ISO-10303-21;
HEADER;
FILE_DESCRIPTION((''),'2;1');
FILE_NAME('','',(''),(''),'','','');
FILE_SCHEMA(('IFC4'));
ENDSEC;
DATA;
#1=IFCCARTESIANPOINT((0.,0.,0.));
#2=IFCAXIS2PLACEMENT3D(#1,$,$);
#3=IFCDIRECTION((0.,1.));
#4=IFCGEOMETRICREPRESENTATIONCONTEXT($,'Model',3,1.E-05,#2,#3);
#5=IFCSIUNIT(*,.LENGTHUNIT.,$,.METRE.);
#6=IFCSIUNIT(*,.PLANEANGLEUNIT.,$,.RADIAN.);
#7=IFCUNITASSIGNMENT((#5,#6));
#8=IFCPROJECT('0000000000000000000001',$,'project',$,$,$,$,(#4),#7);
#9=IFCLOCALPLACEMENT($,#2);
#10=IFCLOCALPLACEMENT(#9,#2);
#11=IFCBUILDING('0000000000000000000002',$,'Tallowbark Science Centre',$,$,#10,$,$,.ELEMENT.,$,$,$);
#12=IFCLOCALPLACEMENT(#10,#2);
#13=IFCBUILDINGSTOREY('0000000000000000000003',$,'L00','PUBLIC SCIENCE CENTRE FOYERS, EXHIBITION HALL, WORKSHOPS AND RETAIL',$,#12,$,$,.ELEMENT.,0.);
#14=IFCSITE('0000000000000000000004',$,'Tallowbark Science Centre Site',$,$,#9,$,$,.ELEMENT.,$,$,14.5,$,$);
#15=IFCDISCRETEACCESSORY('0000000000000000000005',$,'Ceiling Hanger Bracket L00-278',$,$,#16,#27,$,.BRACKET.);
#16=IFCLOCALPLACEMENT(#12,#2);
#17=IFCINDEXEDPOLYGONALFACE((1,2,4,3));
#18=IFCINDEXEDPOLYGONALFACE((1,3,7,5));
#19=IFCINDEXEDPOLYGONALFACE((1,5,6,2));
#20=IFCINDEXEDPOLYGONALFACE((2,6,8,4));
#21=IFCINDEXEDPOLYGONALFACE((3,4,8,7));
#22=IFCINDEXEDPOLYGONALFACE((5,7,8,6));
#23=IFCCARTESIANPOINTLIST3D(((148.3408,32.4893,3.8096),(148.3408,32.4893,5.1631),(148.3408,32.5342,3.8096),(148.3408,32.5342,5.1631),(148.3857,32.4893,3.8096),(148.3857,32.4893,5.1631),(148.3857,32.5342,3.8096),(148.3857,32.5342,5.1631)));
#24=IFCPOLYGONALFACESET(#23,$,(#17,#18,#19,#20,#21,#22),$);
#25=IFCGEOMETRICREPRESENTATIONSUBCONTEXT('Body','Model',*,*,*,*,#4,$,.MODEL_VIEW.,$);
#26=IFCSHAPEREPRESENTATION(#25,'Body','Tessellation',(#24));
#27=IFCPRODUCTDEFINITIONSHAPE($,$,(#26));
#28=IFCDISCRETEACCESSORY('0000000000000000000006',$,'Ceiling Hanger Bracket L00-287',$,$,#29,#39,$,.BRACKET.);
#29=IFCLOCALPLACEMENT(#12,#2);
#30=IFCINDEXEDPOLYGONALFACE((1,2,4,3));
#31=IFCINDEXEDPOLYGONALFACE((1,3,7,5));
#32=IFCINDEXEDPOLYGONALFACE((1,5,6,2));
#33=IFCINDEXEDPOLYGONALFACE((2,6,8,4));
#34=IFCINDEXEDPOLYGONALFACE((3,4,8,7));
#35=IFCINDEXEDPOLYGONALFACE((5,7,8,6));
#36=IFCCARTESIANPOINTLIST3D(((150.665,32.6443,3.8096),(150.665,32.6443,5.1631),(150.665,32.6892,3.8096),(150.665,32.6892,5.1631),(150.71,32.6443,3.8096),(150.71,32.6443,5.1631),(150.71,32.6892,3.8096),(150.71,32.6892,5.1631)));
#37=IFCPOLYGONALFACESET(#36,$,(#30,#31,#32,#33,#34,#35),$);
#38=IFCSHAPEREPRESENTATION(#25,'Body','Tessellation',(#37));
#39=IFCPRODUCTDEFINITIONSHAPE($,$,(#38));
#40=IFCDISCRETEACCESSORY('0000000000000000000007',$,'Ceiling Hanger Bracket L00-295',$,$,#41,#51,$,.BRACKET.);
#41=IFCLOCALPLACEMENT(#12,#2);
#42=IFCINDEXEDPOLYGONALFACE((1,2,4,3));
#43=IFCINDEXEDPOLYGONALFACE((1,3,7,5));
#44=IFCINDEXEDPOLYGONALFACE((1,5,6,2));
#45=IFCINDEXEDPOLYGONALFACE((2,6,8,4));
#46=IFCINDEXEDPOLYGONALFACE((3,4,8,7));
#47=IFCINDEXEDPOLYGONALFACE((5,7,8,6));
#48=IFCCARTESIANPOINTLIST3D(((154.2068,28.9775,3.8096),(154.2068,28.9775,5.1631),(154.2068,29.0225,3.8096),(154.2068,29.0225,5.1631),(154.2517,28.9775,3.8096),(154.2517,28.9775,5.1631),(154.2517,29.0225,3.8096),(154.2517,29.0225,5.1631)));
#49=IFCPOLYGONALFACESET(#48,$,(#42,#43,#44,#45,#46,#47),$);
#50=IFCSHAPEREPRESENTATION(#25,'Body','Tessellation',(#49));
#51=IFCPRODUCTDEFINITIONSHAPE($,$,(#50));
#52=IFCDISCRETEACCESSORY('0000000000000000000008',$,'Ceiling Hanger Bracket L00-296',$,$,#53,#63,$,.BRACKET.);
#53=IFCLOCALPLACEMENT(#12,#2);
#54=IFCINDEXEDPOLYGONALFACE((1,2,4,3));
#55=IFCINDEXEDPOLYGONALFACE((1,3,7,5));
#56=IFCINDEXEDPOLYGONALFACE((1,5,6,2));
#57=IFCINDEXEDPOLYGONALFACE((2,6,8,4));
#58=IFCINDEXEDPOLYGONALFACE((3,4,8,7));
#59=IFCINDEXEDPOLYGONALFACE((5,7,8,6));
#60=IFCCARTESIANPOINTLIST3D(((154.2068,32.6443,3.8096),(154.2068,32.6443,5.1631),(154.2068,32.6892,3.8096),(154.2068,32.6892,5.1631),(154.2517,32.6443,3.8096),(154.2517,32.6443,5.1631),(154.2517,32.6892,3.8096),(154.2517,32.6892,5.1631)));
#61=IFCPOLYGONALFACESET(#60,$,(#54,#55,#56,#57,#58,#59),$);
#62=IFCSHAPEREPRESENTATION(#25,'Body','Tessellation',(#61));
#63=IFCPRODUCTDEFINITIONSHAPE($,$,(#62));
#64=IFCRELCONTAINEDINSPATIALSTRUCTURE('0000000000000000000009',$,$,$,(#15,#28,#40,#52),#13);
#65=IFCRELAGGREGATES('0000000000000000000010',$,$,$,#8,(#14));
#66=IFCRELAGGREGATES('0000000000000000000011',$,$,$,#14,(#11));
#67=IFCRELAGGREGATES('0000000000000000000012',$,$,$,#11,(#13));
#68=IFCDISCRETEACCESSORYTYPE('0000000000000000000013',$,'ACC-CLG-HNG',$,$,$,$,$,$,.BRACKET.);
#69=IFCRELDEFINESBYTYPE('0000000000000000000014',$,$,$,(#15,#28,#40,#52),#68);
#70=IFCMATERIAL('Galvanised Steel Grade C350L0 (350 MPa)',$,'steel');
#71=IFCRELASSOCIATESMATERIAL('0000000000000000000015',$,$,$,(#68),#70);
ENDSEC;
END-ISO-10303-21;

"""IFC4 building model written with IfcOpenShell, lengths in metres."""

from ifc_helpers import new_model, si_unit, direction, frame, origin, origin_2d, place, context, subcontext, project, spatial, rectangle, extrude, material, type_object, element, save


model = new_model("IFC4")

# Units and contexts
model_context = context("Model", 3, precision=1e-05, world=origin(), true_north=direction((0.0, 1.0)))
body_context = subcontext(model_context, "Body", "Model", "MODEL_VIEW")
ifc_project = project(units=[si_unit("LENGTHUNIT", "METRE"), si_unit("PLANEANGLEUNIT", "RADIAN")], contexts=[model_context])

# Site, building, storey
site_placement = place(None, origin())
site = spatial("IfcSite", under=ifc_project, at=site_placement, Name="Tallowbark Science Centre Site", CompositionType="ELEMENT", RefElevation=14.5)
building_placement = place(site_placement, origin())
building = spatial("IfcBuilding", under=site, at=building_placement, Name="Tallowbark Science Centre", CompositionType="ELEMENT")
storey_placement = place(building_placement, origin())
storey = spatial("IfcBuildingStorey", under=building, at=storey_placement, Name="L00", Description="PUBLIC SCIENCE CENTRE FOYERS, EXHIBITION HALL, WORKSHOPS AND RETAIL", CompositionType="ELEMENT", Elevation=0.0)

# Discrete accessories
ifc_material_1 = material(Name="Galvanised Steel Grade C350L0 (350 MPa)", Category="steel")
discrete_accessory_type = type_object("IfcDiscreteAccessoryType", Name="ACC-CLG-HNG", PredefinedType="BRACKET", material=ifc_material_1)
for number, where, z_axis, x_axis, name in (
    (1, (148.3633, 32.5117, 3.8096), (0.0, 0.0, 1.0), (1.0, 0.0, 0.0), "Ceiling Hanger Bracket L00-278"),
    (2, (150.6875, 32.6667, 3.8096), (0.0, 0.0, 1.0), (1.0, 0.0, 0.0), "Ceiling Hanger Bracket L00-287"),
    (3, (154.2292, 29.0, 3.8096), (0.0, 0.0, 1.0), (1.0, 0.0, 0.0), "Ceiling Hanger Bracket L00-295"),
    (4, (154.2292, 32.6667, 3.8096), (0.0, 0.0, 1.0), (1.0, 0.0, 0.0), "Ceiling Hanger Bracket L00-296"),
):
    element("IfcDiscreteAccessory", number, at=place(storey_placement, frame(where, z_axis=z_axis, x_axis=x_axis)), inside=storey, type_object=discrete_accessory_type, Name=name, PredefinedType="BRACKET", context=body_context, shape_type="SweptSolid", body=[
        extrude(rectangle(XDim=0.0449, YDim=0.0449, at=origin_2d()), origin(), (0.0, 0.0, 1.0), 1.3535),
    ])

save(model, "model.ifc")
